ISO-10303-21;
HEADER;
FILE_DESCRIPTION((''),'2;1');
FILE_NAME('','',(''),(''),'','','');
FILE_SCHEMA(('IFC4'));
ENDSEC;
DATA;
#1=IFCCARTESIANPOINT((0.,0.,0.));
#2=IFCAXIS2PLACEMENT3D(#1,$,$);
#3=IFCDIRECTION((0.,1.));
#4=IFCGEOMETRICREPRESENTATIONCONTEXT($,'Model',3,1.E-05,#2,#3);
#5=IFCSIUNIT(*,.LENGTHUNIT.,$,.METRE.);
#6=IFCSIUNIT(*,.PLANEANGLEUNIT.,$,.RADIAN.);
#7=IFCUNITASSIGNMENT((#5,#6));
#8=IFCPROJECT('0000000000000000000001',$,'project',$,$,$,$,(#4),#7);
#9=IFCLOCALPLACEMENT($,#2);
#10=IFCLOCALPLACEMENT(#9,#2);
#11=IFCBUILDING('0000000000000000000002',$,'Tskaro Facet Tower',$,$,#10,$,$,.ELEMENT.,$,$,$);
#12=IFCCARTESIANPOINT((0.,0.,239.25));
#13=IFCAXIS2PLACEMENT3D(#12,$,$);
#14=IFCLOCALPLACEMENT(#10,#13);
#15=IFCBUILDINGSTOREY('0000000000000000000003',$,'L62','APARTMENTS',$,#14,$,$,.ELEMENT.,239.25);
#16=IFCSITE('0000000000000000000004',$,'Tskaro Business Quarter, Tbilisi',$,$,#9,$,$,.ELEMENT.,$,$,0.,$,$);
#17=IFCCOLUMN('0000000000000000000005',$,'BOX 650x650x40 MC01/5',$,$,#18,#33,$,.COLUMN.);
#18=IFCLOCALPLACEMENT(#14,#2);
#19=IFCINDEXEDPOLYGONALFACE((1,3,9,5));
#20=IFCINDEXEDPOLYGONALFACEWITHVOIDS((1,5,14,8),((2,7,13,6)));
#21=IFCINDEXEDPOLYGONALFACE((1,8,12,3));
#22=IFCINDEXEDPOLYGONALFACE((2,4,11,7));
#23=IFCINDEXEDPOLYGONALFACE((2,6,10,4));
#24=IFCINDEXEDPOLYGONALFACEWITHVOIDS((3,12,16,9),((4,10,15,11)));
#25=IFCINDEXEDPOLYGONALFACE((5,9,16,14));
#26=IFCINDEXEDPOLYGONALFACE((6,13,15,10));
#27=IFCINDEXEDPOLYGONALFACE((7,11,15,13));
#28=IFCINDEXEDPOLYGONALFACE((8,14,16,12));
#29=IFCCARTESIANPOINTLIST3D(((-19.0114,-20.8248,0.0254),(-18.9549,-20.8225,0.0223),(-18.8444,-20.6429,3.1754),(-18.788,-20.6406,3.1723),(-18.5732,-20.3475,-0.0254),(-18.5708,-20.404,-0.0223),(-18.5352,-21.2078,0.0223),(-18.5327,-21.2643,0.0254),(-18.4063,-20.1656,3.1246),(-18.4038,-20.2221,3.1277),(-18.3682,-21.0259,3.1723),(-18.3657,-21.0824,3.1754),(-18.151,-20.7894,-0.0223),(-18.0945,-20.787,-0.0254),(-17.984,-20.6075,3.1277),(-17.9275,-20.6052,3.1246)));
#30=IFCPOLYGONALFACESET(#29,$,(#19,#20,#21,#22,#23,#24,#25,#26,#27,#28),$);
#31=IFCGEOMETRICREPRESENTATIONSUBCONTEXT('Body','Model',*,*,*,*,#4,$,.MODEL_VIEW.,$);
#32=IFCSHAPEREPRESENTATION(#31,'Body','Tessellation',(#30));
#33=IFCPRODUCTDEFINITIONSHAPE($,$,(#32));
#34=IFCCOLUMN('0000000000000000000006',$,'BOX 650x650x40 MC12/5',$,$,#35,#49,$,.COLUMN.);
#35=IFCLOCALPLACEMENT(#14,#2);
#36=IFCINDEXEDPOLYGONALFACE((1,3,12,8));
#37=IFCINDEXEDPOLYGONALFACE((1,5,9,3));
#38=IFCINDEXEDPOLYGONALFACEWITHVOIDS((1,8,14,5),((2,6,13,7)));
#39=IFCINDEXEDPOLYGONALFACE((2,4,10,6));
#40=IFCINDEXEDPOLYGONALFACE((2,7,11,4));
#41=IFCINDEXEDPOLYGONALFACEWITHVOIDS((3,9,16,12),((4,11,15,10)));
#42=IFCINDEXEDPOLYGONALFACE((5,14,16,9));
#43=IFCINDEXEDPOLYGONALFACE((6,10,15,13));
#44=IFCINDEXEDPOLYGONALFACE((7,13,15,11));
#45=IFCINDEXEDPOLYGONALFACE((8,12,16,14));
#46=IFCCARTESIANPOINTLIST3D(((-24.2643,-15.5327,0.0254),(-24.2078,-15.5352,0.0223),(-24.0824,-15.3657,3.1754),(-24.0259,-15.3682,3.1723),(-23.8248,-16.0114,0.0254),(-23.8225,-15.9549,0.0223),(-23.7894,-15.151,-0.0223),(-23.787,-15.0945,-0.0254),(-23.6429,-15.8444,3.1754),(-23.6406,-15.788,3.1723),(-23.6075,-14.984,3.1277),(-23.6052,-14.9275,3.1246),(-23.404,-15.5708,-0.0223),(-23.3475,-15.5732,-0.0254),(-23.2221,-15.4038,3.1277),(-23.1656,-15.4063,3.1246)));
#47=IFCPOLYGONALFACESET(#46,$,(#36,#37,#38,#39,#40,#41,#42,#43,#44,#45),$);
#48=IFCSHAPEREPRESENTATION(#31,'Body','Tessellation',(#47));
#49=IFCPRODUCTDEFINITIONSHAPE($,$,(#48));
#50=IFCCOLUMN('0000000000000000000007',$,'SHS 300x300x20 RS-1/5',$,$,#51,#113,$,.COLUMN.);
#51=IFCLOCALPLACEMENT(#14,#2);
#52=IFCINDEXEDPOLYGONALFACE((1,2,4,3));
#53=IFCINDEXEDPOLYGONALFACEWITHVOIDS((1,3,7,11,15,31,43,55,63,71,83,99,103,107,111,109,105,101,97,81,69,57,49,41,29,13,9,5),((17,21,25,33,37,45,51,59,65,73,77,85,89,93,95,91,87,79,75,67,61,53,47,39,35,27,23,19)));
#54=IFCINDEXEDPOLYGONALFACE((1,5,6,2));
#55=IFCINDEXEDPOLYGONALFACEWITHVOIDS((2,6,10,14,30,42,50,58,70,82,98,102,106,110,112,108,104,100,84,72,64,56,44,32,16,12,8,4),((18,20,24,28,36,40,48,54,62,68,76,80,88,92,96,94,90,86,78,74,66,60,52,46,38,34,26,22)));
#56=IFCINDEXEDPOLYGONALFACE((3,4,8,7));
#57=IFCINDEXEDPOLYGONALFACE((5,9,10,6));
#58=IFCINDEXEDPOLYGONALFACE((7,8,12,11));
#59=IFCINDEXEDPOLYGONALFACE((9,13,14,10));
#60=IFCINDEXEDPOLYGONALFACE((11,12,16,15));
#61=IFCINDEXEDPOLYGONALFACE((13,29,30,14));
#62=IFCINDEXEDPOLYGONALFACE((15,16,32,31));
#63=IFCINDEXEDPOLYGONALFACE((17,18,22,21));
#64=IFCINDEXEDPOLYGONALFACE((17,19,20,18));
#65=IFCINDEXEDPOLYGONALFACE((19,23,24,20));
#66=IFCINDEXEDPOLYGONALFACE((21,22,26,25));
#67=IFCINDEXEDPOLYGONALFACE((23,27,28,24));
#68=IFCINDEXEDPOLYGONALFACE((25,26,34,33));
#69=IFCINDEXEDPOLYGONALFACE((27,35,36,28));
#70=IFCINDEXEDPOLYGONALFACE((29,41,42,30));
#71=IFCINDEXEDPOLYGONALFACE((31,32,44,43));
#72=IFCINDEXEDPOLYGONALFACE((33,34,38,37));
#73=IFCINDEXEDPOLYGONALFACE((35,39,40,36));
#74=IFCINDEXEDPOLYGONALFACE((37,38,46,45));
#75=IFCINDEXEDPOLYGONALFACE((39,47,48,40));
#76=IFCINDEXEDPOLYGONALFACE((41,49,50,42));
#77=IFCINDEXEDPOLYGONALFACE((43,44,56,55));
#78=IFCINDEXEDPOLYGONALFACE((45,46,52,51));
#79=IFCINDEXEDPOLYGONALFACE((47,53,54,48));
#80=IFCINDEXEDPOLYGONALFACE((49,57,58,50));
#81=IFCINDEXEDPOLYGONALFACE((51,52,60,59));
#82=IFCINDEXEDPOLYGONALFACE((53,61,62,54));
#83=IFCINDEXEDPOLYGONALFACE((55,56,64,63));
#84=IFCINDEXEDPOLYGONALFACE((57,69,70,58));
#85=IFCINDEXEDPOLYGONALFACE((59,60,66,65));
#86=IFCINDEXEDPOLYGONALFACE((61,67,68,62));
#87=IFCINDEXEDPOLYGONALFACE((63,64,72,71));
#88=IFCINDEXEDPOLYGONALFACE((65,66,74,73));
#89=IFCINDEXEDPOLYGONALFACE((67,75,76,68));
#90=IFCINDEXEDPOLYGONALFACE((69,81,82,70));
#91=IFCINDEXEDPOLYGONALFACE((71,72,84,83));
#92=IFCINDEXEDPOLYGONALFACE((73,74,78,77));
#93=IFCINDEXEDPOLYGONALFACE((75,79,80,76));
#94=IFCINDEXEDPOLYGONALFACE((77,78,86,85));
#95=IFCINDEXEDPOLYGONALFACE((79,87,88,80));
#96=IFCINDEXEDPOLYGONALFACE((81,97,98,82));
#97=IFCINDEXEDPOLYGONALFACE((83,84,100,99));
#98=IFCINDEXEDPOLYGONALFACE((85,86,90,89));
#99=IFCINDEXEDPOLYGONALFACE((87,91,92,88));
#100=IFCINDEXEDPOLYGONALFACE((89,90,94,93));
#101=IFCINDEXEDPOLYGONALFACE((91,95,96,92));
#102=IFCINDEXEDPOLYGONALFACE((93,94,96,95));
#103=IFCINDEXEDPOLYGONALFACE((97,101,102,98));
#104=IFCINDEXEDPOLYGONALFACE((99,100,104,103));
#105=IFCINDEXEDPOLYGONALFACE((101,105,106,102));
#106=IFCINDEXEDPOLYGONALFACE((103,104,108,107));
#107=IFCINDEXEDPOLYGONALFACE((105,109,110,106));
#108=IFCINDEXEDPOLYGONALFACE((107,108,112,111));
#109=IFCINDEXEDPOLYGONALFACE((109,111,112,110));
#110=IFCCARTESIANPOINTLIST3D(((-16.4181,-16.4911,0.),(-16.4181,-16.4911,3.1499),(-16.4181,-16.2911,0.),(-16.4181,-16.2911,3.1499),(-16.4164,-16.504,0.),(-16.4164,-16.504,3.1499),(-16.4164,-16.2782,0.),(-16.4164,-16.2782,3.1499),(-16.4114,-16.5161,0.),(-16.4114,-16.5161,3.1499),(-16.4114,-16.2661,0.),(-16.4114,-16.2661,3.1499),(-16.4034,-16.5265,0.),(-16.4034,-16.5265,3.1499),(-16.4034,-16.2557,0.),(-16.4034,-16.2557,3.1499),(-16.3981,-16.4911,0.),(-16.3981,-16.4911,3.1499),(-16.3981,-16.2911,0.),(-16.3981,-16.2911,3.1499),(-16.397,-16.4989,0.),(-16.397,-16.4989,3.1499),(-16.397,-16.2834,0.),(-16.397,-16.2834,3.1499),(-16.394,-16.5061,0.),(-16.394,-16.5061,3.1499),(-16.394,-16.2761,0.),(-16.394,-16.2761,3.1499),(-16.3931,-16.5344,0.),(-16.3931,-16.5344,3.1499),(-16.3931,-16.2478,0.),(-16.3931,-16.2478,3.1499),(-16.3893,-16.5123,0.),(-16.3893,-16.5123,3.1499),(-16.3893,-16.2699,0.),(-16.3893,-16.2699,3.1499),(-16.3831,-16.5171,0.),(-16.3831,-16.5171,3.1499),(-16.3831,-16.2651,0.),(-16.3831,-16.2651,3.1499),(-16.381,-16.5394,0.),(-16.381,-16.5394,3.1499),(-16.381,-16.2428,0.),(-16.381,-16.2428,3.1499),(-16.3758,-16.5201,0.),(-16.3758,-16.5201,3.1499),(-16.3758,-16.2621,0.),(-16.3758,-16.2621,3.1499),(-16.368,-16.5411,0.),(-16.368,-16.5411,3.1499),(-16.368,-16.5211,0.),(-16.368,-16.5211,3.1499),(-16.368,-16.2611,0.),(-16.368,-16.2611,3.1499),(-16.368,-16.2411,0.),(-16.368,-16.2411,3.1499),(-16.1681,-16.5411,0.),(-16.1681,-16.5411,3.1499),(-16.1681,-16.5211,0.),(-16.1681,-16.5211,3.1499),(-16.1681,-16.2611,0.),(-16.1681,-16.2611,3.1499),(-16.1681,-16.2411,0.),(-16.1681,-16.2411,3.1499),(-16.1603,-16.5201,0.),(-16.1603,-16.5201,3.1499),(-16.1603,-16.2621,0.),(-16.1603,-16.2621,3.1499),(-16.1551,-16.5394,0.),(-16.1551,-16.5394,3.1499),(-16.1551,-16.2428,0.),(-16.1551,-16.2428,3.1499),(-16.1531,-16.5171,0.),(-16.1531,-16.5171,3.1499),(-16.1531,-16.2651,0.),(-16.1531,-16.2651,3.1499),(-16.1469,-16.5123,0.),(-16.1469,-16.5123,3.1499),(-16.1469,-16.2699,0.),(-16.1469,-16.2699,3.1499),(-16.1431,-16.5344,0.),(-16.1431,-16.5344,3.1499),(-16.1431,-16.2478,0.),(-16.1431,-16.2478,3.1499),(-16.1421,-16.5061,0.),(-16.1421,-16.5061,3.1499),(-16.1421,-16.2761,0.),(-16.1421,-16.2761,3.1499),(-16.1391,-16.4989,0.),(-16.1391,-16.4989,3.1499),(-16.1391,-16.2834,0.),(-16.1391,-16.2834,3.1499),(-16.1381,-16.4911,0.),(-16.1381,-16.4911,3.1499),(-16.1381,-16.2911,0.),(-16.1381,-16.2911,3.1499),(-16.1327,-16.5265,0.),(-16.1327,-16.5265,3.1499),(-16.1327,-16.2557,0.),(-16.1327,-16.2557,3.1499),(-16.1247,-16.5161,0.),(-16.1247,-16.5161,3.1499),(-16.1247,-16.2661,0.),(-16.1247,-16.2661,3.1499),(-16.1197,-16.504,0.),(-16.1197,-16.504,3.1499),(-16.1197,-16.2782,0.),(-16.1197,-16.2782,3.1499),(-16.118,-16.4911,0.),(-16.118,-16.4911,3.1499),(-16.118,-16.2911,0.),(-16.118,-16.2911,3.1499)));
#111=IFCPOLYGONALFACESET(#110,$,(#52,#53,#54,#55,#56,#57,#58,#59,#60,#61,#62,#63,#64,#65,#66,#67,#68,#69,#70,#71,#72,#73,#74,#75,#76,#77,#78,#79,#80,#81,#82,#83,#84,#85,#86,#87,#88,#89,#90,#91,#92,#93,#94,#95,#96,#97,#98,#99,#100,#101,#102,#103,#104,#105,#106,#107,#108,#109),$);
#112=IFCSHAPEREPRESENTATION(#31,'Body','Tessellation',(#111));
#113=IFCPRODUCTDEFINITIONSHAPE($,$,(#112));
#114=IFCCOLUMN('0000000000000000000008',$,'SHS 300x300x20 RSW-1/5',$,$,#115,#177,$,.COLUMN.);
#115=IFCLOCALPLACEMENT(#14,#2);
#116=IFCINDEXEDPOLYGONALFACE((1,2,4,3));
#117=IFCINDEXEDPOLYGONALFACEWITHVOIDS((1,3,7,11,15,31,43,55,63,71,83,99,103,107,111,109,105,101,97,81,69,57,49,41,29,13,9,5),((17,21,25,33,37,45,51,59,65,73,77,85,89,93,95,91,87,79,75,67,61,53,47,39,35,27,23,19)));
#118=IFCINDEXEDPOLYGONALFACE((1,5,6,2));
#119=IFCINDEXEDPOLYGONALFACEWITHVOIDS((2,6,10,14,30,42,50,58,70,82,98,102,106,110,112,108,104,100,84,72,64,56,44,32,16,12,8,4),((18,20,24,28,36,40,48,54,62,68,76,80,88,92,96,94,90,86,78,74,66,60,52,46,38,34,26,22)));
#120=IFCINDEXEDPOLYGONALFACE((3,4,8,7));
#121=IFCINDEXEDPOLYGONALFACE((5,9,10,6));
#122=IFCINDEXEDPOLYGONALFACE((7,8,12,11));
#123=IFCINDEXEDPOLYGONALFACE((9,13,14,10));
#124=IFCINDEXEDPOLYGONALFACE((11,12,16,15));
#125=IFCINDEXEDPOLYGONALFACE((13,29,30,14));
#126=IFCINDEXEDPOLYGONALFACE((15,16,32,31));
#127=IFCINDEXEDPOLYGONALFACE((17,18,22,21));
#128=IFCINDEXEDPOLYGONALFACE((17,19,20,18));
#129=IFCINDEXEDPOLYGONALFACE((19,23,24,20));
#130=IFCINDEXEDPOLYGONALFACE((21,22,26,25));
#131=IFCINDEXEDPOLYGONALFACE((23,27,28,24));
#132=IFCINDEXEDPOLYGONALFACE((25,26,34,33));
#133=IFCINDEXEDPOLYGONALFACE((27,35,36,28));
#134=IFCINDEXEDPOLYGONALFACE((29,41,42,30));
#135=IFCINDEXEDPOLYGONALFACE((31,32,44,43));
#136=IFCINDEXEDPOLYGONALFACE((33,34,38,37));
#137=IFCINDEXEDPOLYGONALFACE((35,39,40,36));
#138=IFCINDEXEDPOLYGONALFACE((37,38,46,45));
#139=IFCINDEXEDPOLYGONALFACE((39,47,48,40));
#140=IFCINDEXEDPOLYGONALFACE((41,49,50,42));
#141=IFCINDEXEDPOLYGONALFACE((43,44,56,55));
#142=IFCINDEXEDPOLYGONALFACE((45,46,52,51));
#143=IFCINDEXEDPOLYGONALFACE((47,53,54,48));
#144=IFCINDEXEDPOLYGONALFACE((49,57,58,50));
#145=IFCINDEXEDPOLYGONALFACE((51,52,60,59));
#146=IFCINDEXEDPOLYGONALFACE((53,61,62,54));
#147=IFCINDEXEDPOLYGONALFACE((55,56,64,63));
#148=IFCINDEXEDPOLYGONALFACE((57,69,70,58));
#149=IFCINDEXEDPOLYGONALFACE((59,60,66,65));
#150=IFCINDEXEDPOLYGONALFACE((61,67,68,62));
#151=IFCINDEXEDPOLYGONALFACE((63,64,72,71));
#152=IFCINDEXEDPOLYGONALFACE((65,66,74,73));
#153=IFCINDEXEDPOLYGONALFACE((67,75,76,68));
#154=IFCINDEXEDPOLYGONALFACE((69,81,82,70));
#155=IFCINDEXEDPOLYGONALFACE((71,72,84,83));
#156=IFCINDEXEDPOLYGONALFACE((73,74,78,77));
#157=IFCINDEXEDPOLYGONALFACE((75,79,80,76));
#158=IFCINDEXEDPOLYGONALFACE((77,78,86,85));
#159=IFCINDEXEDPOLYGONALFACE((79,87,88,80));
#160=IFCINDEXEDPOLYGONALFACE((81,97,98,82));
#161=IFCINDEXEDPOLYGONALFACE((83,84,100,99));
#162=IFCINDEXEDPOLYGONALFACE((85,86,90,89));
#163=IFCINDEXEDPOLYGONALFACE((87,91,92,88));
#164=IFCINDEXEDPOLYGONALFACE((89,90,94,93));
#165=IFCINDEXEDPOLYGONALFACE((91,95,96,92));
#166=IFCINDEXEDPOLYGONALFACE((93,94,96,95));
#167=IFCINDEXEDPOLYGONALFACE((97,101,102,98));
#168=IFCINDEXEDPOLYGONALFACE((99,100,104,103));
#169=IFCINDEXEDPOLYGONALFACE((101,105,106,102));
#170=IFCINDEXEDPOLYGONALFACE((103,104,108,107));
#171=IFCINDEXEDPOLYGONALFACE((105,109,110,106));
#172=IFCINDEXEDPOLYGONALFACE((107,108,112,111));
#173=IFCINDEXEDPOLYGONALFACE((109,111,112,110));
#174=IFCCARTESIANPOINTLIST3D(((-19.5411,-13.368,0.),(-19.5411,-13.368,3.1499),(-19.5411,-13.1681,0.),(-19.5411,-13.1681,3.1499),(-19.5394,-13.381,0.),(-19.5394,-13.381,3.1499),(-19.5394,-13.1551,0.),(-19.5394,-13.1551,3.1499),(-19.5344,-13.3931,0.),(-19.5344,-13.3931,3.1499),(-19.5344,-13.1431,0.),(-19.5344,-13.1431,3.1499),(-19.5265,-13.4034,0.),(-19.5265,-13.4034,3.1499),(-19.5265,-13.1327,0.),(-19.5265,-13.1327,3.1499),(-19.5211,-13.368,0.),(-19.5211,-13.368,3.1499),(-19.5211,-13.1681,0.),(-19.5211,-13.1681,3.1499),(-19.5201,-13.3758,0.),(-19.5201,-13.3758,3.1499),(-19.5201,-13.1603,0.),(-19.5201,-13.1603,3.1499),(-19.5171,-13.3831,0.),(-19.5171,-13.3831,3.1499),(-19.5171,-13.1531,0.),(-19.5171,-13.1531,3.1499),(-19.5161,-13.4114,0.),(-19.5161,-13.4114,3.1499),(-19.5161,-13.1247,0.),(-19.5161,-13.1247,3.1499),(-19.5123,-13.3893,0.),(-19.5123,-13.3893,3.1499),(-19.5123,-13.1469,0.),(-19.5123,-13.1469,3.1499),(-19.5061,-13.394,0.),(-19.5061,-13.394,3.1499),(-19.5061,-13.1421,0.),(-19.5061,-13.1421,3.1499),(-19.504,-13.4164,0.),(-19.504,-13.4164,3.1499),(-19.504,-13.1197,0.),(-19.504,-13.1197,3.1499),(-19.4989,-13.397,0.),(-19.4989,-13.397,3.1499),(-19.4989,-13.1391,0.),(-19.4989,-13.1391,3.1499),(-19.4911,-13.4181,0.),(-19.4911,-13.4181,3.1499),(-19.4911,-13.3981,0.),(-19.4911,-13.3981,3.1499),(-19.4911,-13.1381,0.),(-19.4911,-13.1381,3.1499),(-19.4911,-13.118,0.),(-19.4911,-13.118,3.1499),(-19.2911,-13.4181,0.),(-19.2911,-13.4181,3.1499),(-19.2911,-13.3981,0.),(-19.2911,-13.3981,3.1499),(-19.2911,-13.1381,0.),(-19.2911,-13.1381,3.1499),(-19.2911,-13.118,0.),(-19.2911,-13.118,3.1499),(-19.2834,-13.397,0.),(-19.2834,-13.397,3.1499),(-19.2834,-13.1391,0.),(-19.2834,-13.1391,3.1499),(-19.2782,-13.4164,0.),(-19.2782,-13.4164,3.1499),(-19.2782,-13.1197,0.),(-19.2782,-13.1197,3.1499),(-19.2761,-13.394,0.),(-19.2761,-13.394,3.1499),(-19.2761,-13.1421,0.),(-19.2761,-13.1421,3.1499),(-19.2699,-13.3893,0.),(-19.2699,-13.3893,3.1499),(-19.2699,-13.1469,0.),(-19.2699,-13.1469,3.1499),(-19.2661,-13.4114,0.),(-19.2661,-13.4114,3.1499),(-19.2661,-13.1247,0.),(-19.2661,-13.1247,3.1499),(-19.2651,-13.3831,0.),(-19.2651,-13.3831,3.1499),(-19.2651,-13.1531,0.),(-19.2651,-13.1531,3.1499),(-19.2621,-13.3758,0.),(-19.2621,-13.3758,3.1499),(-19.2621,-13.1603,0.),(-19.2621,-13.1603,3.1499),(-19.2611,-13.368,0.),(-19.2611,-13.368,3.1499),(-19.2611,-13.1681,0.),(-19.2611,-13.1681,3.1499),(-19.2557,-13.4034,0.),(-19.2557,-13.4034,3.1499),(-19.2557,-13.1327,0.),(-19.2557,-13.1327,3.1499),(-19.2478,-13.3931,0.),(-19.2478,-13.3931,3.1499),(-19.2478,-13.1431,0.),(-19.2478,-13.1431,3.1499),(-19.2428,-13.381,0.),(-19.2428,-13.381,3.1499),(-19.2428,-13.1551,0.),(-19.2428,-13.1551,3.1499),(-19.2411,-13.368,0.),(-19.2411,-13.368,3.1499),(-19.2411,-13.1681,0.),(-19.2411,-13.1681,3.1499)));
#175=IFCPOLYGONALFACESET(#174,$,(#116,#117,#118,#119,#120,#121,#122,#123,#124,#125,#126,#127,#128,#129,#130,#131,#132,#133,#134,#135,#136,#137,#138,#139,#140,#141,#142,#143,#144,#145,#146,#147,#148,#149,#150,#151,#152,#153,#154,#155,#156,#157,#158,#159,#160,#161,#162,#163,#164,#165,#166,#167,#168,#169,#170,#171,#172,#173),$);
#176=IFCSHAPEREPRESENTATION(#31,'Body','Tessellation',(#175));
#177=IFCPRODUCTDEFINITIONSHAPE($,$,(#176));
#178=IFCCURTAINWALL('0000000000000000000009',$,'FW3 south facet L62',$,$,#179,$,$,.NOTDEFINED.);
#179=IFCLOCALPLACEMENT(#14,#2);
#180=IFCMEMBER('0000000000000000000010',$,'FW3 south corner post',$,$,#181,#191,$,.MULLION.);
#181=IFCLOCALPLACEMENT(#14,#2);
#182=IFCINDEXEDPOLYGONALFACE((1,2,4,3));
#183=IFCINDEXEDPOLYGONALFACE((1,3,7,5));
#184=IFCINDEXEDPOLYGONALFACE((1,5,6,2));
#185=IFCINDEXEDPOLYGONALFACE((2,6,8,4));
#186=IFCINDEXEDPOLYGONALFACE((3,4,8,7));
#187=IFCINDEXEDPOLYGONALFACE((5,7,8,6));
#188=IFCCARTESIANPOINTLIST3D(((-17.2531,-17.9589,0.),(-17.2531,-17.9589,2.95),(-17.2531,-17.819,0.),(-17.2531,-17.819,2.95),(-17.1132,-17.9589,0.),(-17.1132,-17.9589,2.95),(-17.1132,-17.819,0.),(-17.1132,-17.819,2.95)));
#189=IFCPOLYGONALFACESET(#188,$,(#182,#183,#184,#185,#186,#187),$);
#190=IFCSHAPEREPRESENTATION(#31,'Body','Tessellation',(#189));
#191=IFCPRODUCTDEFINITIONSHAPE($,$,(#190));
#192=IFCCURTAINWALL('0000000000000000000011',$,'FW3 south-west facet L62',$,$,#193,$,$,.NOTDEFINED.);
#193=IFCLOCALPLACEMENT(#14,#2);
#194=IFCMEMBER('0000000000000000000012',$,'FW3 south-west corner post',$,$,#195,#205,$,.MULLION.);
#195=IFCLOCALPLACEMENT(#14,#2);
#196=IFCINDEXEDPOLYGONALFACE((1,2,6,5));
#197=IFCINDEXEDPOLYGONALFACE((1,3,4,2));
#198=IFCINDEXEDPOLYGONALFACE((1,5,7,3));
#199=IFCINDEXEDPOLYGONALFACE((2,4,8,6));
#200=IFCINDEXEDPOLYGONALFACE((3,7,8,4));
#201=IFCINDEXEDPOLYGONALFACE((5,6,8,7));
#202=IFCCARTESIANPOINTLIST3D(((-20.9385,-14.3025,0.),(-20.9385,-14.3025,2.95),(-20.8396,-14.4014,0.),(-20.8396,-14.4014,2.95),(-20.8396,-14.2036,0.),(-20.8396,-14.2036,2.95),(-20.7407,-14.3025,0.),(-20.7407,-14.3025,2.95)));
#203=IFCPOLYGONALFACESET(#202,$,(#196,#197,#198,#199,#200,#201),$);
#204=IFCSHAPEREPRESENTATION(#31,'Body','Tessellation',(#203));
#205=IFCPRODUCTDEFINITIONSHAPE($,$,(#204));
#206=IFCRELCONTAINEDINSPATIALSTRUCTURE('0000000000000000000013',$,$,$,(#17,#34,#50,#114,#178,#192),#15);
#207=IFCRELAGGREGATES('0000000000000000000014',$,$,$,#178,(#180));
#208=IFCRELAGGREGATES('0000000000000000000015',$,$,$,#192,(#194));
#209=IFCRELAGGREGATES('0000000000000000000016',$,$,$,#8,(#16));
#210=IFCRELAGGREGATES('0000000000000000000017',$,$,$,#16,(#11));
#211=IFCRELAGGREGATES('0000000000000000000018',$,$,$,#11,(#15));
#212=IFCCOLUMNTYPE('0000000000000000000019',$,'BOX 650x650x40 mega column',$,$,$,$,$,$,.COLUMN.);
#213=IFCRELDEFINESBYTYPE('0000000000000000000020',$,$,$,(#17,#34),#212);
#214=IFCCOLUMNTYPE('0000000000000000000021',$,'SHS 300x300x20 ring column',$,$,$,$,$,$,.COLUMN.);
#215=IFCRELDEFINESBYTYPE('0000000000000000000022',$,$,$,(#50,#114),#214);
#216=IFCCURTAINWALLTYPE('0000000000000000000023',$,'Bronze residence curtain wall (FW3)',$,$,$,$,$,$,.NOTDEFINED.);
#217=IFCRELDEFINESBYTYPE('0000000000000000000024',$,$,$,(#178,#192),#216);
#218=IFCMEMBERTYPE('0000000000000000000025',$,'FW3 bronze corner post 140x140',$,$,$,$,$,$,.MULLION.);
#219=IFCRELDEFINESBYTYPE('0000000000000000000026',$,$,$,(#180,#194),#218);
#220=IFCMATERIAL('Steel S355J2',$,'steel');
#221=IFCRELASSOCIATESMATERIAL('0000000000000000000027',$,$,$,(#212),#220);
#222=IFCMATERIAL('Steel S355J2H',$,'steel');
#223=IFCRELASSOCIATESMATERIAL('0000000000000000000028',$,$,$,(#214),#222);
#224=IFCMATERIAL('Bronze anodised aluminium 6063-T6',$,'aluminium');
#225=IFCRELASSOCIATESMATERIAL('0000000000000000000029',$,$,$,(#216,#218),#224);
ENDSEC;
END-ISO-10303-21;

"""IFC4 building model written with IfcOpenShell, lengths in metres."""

from ifc_helpers import new_model, si_unit, direction, frame, origin, origin_2d, place, context, subcontext, project, spatial, rectangle, hollow_rectangle, extrude, material, material_profile, profile_set, type_object, element, aggregate, save


model = new_model("IFC4")

# Units and contexts
model_context = context("Model", 3, precision=1e-05, world=origin(), true_north=direction((0.0, 1.0)))
body_context = subcontext(model_context, "Body", "Model", "MODEL_VIEW")
ifc_project = project(units=[si_unit("LENGTHUNIT", "METRE"), si_unit("PLANEANGLEUNIT", "RADIAN")], contexts=[model_context])

# Site, building, storey
site_placement = place(None, origin())
site = spatial("IfcSite", under=ifc_project, at=site_placement, Name="Tskaro Business Quarter, Tbilisi", CompositionType="ELEMENT", RefElevation=0.0)
building_placement = place(site_placement, origin())
building = spatial("IfcBuilding", under=site, at=building_placement, Name="Tskaro Facet Tower", CompositionType="ELEMENT")
storey_placement = place(building_placement, frame((0.0, 0.0, 239.25)))
storey = spatial("IfcBuildingStorey", under=building, at=storey_placement, Name="L62", Description="APARTMENTS", CompositionType="ELEMENT", Elevation=239.25)

# Columns
ifc_material_1 = material(Name="Steel S355J2", Category="steel")
ifc_material_profile_1 = material_profile(ifc_material_1, hollow_rectangle(XDim=0.6499, YDim=0.6499, WallThickness=0.04, at=origin_2d()), Name="BOX 650x650x40")
ifc_profile_set_1 = profile_set([ifc_material_profile_1], Name="Steel S355J2")
column_type_1 = type_object("IfcColumnType", Name="BOX 650x650x40 mega column", PredefinedType="COLUMN", material=ifc_profile_set_1)
for number, where, z_axis, x_axis, name in (
    (1, (-18.553, -20.8059, 0.0), (0.052853, 0.057566, 0.996942), (-0.73662, 0.676306, 0.0), "BOX 650x650x40 MC01/5"),
    (2, (-23.8059, -15.553, 0.0), (0.057566, 0.052853, 0.996942), (-0.676306, 0.73662, 0.0), "BOX 650x650x40 MC12/5"),
):
    element("IfcColumn", number, at=place(storey_placement, frame(where, z_axis=z_axis, x_axis=x_axis)), inside=storey, type_object=column_type_1, Name=name, PredefinedType="COLUMN", context=body_context, shape_type="SweptSolid", body=[
        extrude(hollow_rectangle(XDim=0.6499, YDim=0.6499, WallThickness=0.04, at=origin_2d()), origin(), (0.0, 0.0, 1.0), 3.1597),
    ])
ifc_material_2 = material(Name="Steel S355J2H", Category="steel")
ifc_material_profile_2 = material_profile(ifc_material_2, hollow_rectangle(XDim=0.3, YDim=0.3, WallThickness=0.02, InnerFilletRadius=0.03, OuterFilletRadius=0.05, at=origin_2d()), Name="SHS 300x300x20")
ifc_profile_set_2 = profile_set([ifc_material_profile_2], Name="Steel S355J2H")
column_type_2 = type_object("IfcColumnType", Name="SHS 300x300x20 ring column", PredefinedType="COLUMN", material=ifc_profile_set_2)
for number, where, z_axis, x_axis, name in (
    (3, (-16.2681, -16.3911, 0.0), (0.0, 0.0, 1.0), (1.0, 0.0, 0.0), "SHS 300x300x20 RS-1/5"),
    (4, (-19.3911, -13.2681, 0.0), (0.0, 0.0, 1.0), (1.0, 0.0, 0.0), "SHS 300x300x20 RSW-1/5"),
):
    element("IfcColumn", number, at=place(storey_placement, frame(where, z_axis=z_axis, x_axis=x_axis)), inside=storey, type_object=column_type_2, Name=name, PredefinedType="COLUMN", context=body_context, shape_type="SweptSolid", body=[
        extrude(hollow_rectangle(XDim=0.3, YDim=0.3, WallThickness=0.02, InnerFilletRadius=0.03, OuterFilletRadius=0.05, at=origin_2d()), origin(), (0.0, 0.0, 1.0), 3.1499),
    ])

# Curtain walls, members
ifc_material_3 = material(Name="Bronze anodised aluminium 6063-T6", Category="aluminium")
curtain_wall_type = type_object("IfcCurtainWallType", Name="Bronze residence curtain wall (FW3)", PredefinedType="NOTDEFINED", material=ifc_material_3)
curtain_wall_1_placement = place(storey_placement, origin())
curtain_wall_1 = element("IfcCurtainWall", 5, at=curtain_wall_1_placement, inside=storey, type_object=curtain_wall_type, Name="FW3 south facet L62", PredefinedType="NOTDEFINED")
ifc_material_profile_3 = material_profile(ifc_material_3, rectangle(XDim=0.1399, YDim=0.1399, at=origin_2d()), Name="Corner post 140x140")
ifc_profile_set_3 = profile_set([ifc_material_profile_3], Name="Bronze anodised aluminium 6063-T6")
member_type_1 = type_object("IfcMemberType", Name="FW3 bronze corner post 140x140", PredefinedType="MULLION", material=ifc_profile_set_3)
member_1_placement = place(storey_placement, frame((-17.1831, -17.8889, 0.0), z_axis=(0.0, 0.0, 1.0), x_axis=(1.0, 0.0, 0.0)))
member_1 = element("IfcMember", 6, at=member_1_placement, type_object=member_type_1, Name="FW3 south corner post", PredefinedType="MULLION", context=body_context, shape_type="SweptSolid", body=[
    extrude(rectangle(XDim=0.1399, YDim=0.1399, at=origin_2d()), origin(), (0.0, 0.0, 1.0), 2.95),
])
curtain_wall_2_placement = place(storey_placement, origin())
curtain_wall_2 = element("IfcCurtainWall", 7, at=curtain_wall_2_placement, inside=storey, type_object=curtain_wall_type, Name="FW3 south-west facet L62", PredefinedType="NOTDEFINED")
member_2_placement = place(storey_placement, frame((-20.8396, -14.3025, 0.0), z_axis=(0.0, 0.0, 1.0), x_axis=(0.707107, -0.707107, 0.0)))
member_2 = element("IfcMember", 8, at=member_2_placement, type_object=member_type_1, Name="FW3 south-west corner post", PredefinedType="MULLION", context=body_context, shape_type="SweptSolid", body=[
    extrude(rectangle(XDim=0.1399, YDim=0.1399, at=origin_2d()), origin(), (0.0, 0.0, 1.0), 2.95),
])

aggregate(curtain_wall_1, [member_1])

aggregate(curtain_wall_2, [member_2])

save(model, "model.ifc")
